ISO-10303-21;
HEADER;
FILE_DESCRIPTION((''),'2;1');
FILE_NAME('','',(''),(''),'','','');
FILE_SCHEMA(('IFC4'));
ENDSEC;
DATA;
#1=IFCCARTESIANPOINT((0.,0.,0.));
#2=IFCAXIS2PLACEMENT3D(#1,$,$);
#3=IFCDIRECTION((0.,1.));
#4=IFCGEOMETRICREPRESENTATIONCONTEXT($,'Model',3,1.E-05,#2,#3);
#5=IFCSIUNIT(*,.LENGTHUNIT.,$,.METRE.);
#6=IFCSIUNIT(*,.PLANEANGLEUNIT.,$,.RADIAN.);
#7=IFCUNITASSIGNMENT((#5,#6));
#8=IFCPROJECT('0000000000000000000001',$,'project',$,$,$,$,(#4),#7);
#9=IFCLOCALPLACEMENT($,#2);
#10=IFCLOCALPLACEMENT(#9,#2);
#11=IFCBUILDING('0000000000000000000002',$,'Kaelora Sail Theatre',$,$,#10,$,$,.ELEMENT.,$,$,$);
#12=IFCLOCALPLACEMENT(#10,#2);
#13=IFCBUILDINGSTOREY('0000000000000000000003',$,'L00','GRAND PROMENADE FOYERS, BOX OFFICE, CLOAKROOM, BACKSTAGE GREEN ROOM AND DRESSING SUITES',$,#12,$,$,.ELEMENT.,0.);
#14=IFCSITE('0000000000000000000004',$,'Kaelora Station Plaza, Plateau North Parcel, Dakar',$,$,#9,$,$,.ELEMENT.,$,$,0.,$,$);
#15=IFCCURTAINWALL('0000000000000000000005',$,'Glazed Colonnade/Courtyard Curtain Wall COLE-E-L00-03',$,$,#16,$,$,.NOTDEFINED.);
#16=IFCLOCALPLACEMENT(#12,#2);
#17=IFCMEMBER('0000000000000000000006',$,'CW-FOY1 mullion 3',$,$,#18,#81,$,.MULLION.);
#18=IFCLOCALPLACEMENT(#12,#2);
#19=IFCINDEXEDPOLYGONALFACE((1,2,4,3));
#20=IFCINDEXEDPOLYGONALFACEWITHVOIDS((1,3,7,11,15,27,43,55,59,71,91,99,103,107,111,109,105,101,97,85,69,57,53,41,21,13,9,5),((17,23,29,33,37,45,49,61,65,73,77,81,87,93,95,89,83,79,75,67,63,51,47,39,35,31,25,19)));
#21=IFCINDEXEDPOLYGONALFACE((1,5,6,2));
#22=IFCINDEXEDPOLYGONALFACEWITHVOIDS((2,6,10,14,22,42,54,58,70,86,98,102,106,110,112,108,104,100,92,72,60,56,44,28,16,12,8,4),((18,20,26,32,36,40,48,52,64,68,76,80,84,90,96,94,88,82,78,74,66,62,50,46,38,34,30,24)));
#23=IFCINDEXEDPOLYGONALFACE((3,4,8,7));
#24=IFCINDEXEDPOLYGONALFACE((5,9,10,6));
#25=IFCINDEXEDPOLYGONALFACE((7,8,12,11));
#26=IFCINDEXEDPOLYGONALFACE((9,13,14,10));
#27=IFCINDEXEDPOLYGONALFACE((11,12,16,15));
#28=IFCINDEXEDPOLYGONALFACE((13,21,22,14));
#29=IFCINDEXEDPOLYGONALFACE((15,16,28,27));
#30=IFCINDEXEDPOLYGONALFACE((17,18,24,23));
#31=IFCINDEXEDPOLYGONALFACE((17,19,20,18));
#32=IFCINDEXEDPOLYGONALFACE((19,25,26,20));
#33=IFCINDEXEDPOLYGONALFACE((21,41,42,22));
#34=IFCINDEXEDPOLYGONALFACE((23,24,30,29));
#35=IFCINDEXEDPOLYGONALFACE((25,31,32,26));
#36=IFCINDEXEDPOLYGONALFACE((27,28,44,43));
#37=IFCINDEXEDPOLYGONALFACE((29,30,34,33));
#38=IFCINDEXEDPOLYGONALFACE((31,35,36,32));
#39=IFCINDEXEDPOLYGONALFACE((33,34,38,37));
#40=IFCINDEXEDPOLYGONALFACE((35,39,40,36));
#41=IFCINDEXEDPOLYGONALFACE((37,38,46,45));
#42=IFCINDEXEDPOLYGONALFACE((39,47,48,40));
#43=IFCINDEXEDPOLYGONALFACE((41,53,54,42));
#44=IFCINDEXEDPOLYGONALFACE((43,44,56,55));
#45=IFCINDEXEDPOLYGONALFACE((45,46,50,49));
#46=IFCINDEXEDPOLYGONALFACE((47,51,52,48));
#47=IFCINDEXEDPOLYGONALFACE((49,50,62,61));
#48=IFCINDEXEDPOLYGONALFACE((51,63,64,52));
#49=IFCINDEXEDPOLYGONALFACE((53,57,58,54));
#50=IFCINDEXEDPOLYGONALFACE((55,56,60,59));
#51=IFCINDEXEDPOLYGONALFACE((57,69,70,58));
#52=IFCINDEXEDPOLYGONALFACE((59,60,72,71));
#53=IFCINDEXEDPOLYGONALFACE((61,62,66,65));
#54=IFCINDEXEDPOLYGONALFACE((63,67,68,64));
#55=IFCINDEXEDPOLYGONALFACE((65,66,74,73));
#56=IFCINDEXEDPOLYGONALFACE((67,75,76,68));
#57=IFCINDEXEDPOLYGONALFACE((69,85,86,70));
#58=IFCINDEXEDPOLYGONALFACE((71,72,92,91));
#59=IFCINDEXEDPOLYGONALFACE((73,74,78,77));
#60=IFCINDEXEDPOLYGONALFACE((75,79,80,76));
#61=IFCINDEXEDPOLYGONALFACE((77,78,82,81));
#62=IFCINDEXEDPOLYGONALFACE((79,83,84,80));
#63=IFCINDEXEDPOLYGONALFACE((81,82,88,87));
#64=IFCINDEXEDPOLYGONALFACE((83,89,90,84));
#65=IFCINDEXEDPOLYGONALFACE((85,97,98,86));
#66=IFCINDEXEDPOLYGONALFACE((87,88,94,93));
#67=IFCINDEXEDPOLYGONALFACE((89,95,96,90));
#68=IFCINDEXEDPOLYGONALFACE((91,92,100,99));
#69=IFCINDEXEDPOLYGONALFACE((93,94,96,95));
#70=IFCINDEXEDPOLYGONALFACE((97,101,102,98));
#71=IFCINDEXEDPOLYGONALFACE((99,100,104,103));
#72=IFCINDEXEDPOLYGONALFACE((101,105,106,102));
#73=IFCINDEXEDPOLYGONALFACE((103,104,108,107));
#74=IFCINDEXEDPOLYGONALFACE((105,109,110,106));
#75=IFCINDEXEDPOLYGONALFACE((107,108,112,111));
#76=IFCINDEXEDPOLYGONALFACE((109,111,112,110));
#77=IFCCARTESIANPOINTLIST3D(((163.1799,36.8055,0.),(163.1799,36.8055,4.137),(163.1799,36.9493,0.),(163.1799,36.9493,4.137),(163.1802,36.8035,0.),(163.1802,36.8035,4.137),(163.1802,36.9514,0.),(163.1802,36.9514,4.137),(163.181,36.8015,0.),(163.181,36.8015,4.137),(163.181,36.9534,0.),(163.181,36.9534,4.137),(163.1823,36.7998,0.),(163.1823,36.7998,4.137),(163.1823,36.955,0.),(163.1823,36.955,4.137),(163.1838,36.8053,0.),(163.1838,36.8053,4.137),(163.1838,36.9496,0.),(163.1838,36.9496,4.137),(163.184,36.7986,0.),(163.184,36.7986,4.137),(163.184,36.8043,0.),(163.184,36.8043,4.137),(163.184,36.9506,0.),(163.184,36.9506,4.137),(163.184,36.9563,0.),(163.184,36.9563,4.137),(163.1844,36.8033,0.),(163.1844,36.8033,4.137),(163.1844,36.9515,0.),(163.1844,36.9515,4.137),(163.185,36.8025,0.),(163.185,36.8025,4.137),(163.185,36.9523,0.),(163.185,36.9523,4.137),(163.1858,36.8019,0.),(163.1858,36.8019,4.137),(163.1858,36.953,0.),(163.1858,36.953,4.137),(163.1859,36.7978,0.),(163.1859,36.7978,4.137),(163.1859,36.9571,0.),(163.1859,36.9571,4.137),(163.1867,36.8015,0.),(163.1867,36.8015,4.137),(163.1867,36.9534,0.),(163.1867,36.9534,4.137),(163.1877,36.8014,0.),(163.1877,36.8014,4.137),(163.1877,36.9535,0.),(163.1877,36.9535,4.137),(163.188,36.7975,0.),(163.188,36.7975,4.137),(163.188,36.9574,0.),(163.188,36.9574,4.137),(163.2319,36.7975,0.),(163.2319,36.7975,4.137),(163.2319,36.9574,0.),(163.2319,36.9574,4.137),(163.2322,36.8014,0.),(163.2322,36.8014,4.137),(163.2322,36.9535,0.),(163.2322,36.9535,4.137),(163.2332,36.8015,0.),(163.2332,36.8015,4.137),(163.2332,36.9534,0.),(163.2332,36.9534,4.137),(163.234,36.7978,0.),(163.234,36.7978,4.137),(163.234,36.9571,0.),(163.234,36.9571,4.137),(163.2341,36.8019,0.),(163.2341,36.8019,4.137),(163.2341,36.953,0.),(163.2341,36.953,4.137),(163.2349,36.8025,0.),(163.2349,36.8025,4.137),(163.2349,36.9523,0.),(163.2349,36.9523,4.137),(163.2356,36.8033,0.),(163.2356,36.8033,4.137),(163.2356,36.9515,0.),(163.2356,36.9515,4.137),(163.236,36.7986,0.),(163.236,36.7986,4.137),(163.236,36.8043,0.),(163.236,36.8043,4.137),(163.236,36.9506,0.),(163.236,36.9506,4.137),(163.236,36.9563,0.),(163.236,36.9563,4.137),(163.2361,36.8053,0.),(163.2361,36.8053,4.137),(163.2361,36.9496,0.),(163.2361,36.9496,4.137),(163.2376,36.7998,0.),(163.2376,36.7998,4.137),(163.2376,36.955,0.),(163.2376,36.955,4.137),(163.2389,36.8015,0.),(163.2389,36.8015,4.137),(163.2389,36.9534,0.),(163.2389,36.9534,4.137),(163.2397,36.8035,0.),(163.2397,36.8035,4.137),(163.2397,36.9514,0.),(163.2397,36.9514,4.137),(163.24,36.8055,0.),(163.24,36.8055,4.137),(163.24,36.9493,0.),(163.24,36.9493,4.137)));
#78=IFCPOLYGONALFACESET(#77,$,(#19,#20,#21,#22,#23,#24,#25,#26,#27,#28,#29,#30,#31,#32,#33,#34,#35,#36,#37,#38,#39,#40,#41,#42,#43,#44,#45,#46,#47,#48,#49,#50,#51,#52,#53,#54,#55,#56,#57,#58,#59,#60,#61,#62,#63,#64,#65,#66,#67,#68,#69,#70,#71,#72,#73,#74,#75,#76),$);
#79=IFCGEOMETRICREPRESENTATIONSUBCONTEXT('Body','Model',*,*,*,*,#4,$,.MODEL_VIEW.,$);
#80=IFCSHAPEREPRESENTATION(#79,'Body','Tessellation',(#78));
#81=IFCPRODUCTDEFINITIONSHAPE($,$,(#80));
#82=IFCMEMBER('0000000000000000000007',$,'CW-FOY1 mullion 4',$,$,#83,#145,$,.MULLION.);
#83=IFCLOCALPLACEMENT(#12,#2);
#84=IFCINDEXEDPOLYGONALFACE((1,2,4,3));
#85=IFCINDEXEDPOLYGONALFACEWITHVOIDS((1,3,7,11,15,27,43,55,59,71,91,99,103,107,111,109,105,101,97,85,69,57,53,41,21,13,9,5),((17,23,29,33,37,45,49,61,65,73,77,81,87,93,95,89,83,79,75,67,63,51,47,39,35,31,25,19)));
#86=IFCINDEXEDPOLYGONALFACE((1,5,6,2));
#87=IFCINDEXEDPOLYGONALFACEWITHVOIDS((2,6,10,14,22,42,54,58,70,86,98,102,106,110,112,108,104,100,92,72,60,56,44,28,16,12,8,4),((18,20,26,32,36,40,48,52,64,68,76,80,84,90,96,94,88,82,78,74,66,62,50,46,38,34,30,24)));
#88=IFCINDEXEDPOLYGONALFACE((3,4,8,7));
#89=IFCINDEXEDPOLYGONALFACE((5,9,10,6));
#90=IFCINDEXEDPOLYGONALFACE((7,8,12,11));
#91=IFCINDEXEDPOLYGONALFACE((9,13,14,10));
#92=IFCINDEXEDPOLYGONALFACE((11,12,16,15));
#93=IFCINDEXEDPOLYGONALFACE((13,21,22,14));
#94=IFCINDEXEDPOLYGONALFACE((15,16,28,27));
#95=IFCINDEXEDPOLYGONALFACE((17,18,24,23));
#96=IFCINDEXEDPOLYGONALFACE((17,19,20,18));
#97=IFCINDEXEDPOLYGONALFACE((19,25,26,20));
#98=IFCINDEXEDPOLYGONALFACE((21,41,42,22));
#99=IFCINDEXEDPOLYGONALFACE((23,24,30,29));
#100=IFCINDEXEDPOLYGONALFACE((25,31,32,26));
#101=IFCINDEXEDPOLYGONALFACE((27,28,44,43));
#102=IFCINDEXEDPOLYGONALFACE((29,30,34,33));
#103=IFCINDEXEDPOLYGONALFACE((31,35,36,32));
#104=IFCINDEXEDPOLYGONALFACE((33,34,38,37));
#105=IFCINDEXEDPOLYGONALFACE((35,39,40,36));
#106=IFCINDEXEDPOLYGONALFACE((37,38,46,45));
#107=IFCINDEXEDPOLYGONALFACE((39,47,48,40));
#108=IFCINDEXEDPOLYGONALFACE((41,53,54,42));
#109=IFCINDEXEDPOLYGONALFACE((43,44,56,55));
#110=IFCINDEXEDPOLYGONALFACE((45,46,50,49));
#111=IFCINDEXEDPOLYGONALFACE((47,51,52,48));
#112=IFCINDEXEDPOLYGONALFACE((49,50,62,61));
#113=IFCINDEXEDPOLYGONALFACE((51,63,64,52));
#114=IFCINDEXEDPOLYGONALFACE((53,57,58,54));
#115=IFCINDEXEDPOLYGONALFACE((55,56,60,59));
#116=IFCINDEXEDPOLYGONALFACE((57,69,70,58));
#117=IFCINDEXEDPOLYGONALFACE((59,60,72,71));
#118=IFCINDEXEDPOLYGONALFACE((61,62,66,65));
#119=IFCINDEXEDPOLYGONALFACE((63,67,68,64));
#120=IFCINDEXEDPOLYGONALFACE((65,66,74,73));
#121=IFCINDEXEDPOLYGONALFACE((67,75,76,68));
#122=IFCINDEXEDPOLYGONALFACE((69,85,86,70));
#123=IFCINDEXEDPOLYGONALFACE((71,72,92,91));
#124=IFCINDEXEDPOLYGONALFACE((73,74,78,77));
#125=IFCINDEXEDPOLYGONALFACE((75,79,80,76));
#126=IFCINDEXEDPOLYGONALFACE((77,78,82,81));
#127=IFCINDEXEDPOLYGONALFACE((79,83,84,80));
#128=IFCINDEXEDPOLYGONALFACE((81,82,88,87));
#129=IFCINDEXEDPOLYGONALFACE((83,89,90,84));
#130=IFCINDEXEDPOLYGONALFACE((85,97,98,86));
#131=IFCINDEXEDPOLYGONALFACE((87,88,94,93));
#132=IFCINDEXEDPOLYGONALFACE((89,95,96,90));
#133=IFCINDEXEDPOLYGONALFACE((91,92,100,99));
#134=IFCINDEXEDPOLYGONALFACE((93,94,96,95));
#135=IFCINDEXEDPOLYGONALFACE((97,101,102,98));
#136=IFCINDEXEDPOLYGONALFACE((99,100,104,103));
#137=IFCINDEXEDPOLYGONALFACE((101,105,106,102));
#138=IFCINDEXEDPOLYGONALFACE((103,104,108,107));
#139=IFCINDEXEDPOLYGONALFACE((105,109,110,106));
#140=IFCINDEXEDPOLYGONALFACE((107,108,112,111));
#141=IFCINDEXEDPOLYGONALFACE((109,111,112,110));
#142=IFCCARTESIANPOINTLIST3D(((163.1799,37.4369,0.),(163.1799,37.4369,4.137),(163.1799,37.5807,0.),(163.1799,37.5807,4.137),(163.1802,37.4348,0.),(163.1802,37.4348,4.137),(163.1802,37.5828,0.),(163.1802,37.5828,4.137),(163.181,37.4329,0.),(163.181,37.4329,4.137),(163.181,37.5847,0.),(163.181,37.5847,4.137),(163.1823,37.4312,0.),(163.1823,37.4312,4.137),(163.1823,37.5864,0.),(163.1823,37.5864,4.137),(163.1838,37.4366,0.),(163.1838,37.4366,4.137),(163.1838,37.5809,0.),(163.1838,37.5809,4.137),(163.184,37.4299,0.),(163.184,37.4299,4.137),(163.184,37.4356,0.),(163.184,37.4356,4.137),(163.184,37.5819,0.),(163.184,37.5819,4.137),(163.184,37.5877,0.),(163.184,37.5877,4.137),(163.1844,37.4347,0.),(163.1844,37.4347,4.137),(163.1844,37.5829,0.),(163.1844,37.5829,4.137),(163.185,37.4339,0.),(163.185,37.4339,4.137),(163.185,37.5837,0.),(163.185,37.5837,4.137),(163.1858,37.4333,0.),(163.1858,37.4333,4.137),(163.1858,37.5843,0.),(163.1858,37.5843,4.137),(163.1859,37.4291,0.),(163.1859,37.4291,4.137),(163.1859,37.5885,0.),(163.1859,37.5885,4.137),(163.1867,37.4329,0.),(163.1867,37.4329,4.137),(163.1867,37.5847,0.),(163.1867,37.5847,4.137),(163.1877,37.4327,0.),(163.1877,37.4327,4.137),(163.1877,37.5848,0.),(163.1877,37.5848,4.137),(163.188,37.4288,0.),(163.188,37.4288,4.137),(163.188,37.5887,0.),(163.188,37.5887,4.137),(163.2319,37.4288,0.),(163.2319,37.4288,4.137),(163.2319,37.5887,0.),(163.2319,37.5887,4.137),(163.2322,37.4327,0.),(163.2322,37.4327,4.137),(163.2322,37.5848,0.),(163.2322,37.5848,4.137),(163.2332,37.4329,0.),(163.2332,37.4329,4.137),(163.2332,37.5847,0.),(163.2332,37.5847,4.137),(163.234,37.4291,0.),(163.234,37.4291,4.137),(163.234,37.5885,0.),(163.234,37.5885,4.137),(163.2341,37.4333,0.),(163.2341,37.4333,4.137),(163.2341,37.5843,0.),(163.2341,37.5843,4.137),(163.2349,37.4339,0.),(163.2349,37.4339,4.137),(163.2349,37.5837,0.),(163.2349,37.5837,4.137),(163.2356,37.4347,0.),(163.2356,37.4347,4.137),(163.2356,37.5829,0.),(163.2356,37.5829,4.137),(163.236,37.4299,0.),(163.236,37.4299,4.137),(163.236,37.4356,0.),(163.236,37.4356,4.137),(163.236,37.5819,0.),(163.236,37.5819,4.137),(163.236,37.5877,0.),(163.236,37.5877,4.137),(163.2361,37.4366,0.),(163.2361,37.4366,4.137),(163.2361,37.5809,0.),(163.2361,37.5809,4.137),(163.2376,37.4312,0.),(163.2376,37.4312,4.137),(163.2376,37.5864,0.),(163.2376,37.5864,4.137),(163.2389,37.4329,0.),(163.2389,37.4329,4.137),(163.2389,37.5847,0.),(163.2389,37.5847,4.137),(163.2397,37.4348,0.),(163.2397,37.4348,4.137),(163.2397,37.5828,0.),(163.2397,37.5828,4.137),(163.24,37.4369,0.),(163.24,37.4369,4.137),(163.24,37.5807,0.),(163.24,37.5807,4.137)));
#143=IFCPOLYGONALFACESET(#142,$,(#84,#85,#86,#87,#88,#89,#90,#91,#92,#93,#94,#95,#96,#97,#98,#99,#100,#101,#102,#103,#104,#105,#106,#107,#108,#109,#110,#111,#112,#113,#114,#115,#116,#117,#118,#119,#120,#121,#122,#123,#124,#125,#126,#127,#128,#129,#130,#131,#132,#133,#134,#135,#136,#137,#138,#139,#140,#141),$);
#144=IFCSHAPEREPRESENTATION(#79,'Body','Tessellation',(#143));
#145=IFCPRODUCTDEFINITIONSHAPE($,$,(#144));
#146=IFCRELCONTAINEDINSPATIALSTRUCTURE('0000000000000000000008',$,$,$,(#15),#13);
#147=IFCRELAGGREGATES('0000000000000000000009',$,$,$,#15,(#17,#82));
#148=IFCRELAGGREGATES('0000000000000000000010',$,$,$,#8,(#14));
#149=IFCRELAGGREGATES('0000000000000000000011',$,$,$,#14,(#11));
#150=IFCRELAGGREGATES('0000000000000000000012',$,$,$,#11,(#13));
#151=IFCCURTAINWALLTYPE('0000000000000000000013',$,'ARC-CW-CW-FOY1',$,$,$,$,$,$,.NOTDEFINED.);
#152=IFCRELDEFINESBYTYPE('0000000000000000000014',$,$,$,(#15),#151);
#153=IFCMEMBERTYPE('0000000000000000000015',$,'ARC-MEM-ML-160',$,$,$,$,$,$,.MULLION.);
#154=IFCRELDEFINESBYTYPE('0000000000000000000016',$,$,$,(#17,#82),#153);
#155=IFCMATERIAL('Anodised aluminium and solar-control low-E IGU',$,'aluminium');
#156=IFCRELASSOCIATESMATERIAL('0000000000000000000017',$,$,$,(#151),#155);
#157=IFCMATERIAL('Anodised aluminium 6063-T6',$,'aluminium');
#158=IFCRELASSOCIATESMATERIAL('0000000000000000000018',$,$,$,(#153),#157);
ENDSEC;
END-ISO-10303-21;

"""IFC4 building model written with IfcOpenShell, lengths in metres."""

from ifc_helpers import new_model, si_unit, direction, frame, origin, origin_2d, place, context, subcontext, project, spatial, hollow_rectangle, extrude, material, material_profile, profile_set, type_object, element, aggregate, save


model = new_model("IFC4")

# Units and contexts
model_context = context("Model", 3, precision=1e-05, world=origin(), true_north=direction((0.0, 1.0)))
body_context = subcontext(model_context, "Body", "Model", "MODEL_VIEW")
ifc_project = project(units=[si_unit("LENGTHUNIT", "METRE"), si_unit("PLANEANGLEUNIT", "RADIAN")], contexts=[model_context])

# Site, building, storey
site_placement = place(None, origin())
site = spatial("IfcSite", under=ifc_project, at=site_placement, Name="Kaelora Station Plaza, Plateau North Parcel, Dakar", CompositionType="ELEMENT", RefElevation=0.0)
building_placement = place(site_placement, origin())
building = spatial("IfcBuilding", under=site, at=building_placement, Name="Kaelora Sail Theatre", CompositionType="ELEMENT")
storey_placement = place(building_placement, origin())
storey = spatial("IfcBuildingStorey", under=building, at=storey_placement, Name="L00", Description="GRAND PROMENADE FOYERS, BOX OFFICE, CLOAKROOM, BACKSTAGE GREEN ROOM AND DRESSING SUITES", CompositionType="ELEMENT", Elevation=0.0)

# Curtain wall, members
ifc_material_1 = material(Name="Anodised aluminium and solar-control low-E IGU", Category="aluminium")
curtain_wall_type = type_object("IfcCurtainWallType", Name="ARC-CW-CW-FOY1", PredefinedType="NOTDEFINED", material=ifc_material_1)
curtain_wall_placement = place(storey_placement, origin())
curtain_wall = element("IfcCurtainWall", 1, at=curtain_wall_placement, inside=storey, type_object=curtain_wall_type, Name="Glazed Colonnade/Courtyard Curtain Wall COLE-E-L00-03", PredefinedType="NOTDEFINED")
ifc_material_2 = material(Name="Anodised aluminium 6063-T6", Category="aluminium")
ifc_material_profile_1 = material_profile(ifc_material_2, hollow_rectangle(XDim=0.0601, YDim=0.1599, WallThickness=0.0039, InnerFilletRadius=0.0039, OuterFilletRadius=0.0081, at=origin_2d()), Name="ALU-MULL 60x160x4")
ifc_profile_set_1 = profile_set([ifc_material_profile_1], Name="Anodised aluminium 6063-T6")
member_type_1 = type_object("IfcMemberType", Name="ARC-MEM-ML-160", PredefinedType="MULLION", material=ifc_profile_set_1)
member_1_placement = place(storey_placement, frame((163.21, 36.8774, 0.0), z_axis=(0.0, 0.0, 1.0), x_axis=(-1.0, 0.0, 0.0)))
member_1 = element("IfcMember", 2, at=member_1_placement, type_object=member_type_1, Name="CW-FOY1 mullion 3", PredefinedType="MULLION", context=body_context, shape_type="SweptSolid", body=[
    extrude(hollow_rectangle(XDim=0.0601, YDim=0.1599, WallThickness=0.0039, InnerFilletRadius=0.0039, OuterFilletRadius=0.0081, at=origin_2d()), origin(), (0.0, 0.0, 1.0), 4.137),
])
member_2_placement = place(storey_placement, frame((163.21, 37.5088, 0.0), z_axis=(0.0, 0.0, 1.0), x_axis=(-1.0, 0.0, 0.0)))
member_2 = element("IfcMember", 3, at=member_2_placement, type_object=member_type_1, Name="CW-FOY1 mullion 4", PredefinedType="MULLION", context=body_context, shape_type="SweptSolid", body=[
    extrude(hollow_rectangle(XDim=0.0601, YDim=0.1599, WallThickness=0.0039, InnerFilletRadius=0.0039, OuterFilletRadius=0.0081, at=origin_2d()), origin(), (0.0, 0.0, 1.0), 4.137),
])
aggregate(curtain_wall, [member_1, member_2])

save(model, "model.ifc")
